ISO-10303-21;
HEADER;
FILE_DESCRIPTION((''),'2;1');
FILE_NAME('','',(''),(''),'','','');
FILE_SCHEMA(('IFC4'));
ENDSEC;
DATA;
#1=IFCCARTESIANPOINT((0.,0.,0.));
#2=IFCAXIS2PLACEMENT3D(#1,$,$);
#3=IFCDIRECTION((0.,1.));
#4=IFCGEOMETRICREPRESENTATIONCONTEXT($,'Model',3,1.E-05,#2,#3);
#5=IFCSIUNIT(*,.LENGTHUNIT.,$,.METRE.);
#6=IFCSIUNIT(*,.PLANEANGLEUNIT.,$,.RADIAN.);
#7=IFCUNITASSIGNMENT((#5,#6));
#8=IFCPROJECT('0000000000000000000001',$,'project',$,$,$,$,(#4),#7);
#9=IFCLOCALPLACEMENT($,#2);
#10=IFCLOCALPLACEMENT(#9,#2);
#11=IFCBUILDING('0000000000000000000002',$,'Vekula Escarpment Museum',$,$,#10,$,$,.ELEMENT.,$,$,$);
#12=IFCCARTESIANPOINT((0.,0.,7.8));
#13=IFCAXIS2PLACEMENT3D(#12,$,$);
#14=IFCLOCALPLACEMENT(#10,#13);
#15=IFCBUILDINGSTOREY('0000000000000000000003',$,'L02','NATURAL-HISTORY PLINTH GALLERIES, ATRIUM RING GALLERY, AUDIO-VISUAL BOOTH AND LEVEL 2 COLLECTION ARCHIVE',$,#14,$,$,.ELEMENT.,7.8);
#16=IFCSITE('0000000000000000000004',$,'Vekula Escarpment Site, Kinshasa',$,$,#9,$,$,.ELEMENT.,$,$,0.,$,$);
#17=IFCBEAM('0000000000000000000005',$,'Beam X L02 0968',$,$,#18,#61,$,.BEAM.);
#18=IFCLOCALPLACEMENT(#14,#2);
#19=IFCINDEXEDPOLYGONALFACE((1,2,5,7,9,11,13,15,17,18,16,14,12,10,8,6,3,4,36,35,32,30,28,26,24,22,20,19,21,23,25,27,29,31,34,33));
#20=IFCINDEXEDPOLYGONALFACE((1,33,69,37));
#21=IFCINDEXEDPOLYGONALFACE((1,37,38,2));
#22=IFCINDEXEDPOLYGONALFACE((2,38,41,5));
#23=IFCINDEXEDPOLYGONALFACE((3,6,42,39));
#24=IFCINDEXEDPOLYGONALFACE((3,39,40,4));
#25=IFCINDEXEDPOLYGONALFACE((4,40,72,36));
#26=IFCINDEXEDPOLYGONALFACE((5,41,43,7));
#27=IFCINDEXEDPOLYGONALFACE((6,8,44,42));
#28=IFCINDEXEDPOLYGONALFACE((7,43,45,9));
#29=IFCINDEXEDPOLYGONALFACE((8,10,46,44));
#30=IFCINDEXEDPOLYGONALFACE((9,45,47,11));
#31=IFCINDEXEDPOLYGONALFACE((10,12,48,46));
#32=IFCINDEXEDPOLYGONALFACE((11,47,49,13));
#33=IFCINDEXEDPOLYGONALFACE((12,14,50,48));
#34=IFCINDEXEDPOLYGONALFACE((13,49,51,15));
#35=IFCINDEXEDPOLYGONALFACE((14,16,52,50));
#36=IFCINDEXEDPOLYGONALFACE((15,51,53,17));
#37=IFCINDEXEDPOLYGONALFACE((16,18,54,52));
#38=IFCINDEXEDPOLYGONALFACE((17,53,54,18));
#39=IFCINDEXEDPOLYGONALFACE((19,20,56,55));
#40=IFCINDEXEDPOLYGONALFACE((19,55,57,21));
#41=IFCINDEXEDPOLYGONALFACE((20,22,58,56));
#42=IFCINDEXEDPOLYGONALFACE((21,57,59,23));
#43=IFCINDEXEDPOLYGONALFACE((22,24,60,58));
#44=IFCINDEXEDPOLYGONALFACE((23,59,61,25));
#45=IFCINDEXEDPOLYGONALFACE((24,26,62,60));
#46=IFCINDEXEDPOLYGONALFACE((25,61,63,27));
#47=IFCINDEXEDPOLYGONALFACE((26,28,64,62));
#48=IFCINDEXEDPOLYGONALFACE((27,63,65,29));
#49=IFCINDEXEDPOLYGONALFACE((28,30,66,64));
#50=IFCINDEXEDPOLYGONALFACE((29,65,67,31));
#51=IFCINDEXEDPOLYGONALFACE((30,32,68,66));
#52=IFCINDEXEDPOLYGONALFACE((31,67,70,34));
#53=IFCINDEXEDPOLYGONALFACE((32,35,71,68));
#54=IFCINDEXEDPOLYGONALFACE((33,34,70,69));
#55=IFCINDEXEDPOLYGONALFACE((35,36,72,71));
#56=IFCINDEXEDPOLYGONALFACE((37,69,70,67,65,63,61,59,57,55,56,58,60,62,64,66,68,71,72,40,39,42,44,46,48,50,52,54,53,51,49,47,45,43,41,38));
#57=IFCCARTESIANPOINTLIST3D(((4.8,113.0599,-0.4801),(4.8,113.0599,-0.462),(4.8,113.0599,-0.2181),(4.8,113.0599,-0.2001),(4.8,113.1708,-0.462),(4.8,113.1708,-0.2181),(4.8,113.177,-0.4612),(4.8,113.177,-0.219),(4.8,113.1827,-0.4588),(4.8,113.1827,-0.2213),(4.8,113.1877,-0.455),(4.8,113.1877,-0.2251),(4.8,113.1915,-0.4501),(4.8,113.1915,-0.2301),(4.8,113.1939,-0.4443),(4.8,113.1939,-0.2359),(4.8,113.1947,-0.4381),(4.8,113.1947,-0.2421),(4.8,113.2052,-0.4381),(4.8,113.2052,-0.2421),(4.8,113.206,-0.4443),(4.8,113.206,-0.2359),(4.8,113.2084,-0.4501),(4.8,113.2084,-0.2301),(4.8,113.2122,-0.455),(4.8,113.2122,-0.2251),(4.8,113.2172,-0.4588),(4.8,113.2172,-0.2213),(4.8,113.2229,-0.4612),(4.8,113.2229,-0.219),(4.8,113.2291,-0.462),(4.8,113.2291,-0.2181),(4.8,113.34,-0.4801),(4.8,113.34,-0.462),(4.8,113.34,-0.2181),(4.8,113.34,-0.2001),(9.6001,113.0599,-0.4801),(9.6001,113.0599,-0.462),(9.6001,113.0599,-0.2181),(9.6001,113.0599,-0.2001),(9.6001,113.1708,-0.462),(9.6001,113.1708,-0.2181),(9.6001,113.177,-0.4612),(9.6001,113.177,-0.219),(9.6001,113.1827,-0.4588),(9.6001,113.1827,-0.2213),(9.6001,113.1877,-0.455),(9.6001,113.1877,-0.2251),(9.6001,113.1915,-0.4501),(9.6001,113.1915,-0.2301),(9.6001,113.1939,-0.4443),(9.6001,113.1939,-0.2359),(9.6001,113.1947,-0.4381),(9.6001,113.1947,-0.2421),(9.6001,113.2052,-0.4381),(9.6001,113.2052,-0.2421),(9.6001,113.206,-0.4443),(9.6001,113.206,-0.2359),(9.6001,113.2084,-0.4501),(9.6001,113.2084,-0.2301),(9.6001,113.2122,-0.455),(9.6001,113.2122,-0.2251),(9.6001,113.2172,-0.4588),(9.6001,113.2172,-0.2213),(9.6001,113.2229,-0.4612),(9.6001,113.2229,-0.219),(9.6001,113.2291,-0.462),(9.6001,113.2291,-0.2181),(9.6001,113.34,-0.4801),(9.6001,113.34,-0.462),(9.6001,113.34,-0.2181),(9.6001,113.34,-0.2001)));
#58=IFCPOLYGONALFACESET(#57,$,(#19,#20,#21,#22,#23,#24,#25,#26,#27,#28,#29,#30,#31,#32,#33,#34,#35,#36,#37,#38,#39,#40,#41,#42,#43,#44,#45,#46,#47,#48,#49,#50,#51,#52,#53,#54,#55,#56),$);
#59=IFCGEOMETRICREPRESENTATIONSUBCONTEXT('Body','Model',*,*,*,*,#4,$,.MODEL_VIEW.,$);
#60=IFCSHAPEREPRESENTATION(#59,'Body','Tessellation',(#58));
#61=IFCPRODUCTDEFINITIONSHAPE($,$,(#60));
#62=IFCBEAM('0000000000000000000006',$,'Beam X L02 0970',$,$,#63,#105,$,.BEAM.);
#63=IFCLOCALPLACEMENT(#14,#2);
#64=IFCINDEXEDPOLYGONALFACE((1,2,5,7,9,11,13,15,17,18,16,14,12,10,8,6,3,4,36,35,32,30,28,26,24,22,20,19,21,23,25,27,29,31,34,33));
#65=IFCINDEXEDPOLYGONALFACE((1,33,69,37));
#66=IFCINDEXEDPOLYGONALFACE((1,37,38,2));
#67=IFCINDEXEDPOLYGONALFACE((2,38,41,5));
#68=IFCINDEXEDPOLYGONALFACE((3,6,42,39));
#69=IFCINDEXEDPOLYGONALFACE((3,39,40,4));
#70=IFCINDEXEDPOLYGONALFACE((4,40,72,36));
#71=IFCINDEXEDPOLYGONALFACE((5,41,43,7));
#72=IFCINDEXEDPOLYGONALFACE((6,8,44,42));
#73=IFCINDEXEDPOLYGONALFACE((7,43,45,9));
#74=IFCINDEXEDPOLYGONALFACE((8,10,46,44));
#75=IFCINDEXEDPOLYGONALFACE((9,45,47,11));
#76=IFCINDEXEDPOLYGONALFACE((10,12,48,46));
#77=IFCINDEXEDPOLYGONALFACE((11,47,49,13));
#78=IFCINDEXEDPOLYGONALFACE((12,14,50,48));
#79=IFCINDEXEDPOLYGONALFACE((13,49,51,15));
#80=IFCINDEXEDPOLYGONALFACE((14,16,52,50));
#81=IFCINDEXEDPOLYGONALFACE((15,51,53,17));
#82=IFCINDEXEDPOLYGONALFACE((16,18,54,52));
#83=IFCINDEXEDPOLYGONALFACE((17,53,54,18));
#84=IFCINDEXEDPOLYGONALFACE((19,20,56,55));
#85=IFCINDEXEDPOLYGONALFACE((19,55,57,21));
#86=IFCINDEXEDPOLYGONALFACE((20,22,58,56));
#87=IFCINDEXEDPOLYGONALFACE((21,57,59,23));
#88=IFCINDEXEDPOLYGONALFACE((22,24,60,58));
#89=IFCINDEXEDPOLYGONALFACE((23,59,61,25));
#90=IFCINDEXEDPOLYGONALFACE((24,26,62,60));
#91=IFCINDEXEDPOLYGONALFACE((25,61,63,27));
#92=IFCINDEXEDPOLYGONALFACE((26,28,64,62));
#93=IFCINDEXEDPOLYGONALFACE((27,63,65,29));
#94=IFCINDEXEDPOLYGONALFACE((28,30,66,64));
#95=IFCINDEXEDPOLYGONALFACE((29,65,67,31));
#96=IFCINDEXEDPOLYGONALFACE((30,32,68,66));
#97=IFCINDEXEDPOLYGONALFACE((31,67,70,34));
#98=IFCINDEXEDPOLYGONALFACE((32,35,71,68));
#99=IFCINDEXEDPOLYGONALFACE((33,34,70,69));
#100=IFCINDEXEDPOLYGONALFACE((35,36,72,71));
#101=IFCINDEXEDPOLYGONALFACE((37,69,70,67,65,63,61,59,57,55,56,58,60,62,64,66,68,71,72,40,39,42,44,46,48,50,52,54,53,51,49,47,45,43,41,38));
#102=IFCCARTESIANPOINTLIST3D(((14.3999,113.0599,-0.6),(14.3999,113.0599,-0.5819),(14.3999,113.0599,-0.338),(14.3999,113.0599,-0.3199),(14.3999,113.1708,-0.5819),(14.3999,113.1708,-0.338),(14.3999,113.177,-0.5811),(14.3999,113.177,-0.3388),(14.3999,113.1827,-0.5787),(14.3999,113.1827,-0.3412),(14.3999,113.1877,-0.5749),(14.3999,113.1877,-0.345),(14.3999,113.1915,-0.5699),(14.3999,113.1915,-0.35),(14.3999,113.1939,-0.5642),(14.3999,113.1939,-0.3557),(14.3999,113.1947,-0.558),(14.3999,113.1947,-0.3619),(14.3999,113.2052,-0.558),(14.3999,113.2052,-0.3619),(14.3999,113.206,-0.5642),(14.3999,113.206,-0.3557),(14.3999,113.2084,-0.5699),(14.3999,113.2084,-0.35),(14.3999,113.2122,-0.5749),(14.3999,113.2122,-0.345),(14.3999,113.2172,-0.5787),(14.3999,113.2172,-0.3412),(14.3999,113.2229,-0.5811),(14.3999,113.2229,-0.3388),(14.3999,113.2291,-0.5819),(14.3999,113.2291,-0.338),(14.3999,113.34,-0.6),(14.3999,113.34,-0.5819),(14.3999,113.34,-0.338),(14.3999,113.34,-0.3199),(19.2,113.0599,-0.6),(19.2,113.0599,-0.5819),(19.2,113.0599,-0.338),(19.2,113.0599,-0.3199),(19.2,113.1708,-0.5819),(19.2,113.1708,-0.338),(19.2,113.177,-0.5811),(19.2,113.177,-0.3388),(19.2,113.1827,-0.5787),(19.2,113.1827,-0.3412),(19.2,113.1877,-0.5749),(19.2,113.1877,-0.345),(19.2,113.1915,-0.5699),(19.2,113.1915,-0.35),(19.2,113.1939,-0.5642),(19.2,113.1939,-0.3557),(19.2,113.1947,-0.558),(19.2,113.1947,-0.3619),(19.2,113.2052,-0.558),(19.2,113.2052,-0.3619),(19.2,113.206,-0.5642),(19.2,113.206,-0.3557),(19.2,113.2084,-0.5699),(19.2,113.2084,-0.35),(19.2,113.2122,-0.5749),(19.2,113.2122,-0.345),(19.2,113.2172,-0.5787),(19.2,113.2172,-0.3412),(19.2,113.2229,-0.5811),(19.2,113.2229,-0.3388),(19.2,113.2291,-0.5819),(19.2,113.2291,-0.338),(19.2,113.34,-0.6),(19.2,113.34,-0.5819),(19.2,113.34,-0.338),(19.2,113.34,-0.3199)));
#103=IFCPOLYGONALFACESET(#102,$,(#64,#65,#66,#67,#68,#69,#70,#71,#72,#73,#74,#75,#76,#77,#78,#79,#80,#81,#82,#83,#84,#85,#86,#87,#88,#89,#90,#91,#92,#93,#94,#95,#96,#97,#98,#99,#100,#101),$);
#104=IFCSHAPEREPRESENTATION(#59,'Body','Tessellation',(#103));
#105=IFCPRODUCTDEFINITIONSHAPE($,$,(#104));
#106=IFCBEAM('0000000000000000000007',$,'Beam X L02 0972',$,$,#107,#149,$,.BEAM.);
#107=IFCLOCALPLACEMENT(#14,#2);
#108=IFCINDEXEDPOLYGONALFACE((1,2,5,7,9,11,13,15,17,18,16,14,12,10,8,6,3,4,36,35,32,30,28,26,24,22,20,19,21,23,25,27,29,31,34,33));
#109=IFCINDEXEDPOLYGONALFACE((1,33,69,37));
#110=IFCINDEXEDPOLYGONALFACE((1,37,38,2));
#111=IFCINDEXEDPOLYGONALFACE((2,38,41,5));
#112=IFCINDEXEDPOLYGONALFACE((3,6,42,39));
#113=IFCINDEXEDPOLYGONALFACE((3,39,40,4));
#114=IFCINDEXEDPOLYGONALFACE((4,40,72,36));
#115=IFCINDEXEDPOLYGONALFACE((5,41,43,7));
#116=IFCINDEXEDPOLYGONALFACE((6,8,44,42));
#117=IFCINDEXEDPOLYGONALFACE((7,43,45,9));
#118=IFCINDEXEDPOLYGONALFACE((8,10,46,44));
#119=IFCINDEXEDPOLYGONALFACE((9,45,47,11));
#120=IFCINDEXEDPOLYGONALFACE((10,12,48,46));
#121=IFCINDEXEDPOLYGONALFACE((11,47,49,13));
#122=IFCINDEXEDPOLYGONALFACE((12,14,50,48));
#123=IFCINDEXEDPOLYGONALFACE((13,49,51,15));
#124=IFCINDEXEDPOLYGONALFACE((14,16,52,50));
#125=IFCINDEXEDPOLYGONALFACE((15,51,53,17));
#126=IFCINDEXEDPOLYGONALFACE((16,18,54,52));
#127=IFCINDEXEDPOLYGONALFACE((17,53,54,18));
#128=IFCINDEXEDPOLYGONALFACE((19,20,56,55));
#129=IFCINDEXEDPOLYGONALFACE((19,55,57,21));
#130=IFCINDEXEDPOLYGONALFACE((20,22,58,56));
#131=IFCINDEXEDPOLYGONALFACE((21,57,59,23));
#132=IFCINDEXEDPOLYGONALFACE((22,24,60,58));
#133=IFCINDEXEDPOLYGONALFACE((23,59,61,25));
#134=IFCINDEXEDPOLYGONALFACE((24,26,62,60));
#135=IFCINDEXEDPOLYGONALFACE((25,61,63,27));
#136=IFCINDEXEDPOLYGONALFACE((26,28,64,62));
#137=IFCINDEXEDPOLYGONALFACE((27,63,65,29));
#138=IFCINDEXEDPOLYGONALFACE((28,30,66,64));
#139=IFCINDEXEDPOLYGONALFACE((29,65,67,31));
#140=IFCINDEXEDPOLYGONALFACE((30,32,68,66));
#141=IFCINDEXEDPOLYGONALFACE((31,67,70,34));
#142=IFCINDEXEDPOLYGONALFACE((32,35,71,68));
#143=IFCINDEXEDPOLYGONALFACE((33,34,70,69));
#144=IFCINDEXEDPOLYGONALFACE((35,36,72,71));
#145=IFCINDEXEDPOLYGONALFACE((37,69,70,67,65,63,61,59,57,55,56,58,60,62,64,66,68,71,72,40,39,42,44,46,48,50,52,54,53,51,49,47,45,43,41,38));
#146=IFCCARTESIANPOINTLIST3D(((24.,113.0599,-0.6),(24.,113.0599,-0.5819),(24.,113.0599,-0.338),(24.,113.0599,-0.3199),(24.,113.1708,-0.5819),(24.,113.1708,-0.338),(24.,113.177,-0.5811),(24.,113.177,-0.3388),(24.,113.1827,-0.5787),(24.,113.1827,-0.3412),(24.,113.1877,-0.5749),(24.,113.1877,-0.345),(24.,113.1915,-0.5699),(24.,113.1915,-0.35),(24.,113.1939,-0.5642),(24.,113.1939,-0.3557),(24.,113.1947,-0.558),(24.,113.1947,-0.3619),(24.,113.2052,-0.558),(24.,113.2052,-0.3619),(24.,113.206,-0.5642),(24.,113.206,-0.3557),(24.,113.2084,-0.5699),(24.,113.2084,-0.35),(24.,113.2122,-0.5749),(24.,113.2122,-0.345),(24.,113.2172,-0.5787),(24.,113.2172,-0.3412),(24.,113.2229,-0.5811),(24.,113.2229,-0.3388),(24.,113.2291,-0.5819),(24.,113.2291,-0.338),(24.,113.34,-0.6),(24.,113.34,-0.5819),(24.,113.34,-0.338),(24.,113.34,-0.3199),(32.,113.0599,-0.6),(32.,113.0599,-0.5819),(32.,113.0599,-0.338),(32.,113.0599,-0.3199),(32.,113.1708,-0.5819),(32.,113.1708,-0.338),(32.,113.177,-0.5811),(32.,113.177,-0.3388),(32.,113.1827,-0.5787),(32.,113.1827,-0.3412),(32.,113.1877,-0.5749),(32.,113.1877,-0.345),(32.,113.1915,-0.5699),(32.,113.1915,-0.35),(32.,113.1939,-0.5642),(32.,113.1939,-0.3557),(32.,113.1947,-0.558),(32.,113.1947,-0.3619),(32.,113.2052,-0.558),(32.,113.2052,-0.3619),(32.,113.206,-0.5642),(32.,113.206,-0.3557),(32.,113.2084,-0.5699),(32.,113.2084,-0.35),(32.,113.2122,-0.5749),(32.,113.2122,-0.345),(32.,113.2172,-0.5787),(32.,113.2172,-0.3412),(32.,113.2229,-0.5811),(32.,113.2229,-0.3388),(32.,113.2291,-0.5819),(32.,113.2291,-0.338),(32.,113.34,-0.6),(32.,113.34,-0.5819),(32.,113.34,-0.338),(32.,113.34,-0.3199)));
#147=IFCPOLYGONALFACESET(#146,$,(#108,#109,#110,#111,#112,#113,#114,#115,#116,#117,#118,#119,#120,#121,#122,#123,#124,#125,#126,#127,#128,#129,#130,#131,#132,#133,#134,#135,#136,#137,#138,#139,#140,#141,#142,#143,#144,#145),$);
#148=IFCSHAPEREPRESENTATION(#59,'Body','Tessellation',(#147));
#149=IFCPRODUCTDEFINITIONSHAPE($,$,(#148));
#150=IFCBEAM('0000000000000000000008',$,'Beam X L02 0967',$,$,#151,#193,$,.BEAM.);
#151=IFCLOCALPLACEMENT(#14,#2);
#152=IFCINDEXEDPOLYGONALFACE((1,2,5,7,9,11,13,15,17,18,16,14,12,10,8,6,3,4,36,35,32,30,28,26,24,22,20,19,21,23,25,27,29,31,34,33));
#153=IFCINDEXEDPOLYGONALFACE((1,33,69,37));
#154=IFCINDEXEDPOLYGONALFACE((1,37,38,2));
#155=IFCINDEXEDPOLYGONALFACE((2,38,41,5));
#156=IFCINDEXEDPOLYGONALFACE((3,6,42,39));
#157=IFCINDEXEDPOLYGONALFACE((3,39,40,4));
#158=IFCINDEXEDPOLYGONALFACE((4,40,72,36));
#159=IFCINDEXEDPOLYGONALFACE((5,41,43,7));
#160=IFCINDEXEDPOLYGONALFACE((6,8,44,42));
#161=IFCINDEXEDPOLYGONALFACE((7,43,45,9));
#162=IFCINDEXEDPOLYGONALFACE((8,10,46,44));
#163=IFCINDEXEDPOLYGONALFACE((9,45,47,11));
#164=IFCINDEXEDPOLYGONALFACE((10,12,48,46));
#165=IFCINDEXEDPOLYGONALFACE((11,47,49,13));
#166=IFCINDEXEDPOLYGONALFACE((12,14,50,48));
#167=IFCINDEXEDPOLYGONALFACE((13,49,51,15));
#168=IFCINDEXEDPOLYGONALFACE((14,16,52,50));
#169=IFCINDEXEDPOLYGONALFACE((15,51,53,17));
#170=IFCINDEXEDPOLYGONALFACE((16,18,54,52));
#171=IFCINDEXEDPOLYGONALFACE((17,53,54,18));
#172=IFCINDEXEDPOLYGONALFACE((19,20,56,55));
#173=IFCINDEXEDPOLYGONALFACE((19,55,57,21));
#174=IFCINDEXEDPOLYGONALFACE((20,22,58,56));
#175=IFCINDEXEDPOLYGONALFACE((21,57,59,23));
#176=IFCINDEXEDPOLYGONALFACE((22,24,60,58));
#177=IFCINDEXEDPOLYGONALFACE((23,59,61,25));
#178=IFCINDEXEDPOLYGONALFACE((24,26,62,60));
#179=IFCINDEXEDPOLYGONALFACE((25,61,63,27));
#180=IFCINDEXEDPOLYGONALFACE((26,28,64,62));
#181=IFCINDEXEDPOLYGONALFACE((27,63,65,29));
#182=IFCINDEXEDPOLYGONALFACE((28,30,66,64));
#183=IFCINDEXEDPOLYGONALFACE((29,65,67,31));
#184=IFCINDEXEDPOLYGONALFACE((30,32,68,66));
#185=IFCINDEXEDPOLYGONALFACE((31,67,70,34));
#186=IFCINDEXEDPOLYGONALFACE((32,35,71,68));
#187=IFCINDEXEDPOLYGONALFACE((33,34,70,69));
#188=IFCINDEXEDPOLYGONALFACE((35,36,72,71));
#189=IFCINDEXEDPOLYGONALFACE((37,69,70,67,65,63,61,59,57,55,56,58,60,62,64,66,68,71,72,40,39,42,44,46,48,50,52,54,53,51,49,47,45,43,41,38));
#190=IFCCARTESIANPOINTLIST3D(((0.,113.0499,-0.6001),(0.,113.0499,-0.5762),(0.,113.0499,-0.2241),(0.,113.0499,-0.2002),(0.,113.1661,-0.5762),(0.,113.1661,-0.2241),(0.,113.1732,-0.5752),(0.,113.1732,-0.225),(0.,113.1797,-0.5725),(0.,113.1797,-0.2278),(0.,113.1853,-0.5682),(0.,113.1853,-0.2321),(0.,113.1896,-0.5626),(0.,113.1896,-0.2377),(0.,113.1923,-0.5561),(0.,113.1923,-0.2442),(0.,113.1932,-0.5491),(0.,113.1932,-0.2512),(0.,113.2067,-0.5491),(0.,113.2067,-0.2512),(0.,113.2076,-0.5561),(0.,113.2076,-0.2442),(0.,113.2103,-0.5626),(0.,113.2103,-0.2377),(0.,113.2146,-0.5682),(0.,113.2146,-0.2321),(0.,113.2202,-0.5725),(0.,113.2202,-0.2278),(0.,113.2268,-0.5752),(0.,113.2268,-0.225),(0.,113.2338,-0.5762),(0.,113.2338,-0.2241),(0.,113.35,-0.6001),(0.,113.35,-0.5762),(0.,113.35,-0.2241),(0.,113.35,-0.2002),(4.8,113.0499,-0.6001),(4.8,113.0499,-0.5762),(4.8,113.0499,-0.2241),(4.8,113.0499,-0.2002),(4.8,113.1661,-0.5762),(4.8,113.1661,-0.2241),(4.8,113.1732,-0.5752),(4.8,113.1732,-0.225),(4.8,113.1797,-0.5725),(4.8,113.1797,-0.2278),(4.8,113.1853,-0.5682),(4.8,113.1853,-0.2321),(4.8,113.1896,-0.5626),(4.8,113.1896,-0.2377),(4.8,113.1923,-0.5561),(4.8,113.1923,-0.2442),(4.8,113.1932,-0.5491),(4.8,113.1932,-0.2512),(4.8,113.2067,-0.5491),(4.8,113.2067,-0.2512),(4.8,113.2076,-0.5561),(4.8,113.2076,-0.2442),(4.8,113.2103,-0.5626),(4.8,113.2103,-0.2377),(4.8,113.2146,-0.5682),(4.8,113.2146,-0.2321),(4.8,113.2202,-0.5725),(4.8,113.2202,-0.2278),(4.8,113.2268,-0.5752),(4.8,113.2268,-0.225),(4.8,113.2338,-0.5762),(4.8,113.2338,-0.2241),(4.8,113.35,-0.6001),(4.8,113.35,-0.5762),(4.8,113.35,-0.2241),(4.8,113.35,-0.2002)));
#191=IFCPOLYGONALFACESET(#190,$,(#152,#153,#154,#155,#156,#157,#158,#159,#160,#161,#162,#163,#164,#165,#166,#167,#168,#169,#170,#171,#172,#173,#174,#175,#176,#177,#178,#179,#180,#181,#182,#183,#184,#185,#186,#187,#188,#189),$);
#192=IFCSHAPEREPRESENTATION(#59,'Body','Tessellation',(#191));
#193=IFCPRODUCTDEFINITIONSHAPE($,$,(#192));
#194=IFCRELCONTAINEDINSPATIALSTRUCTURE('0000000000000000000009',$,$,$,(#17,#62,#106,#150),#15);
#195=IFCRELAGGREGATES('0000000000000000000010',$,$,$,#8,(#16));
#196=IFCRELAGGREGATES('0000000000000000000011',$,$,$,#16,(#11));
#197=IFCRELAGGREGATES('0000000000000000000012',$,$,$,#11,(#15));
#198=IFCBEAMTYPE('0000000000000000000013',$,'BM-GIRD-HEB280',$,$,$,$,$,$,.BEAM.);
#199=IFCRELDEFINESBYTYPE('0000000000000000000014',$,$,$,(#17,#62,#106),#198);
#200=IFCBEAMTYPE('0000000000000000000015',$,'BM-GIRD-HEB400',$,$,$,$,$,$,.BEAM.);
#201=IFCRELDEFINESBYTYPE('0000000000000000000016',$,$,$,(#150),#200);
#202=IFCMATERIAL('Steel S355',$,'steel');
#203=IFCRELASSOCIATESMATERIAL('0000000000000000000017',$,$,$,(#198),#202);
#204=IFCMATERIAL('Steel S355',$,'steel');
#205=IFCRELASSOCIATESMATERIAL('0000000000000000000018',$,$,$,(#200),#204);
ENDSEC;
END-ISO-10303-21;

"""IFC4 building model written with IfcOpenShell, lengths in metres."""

from ifc_helpers import new_model, si_unit, direction, frame, origin, origin_2d, place, context, subcontext, project, spatial, i_section, extrude, material, material_profile, profile_set, type_object, element, save


model = new_model("IFC4")

# Units and contexts
model_context = context("Model", 3, precision=1e-05, world=origin(), true_north=direction((0.0, 1.0)))
body_context = subcontext(model_context, "Body", "Model", "MODEL_VIEW")
ifc_project = project(units=[si_unit("LENGTHUNIT", "METRE"), si_unit("PLANEANGLEUNIT", "RADIAN")], contexts=[model_context])

# Site, building, storey
site_placement = place(None, origin())
site = spatial("IfcSite", under=ifc_project, at=site_placement, Name="Vekula Escarpment Site, Kinshasa", CompositionType="ELEMENT", RefElevation=0.0)
building_placement = place(site_placement, origin())
building = spatial("IfcBuilding", under=site, at=building_placement, Name="Vekula Escarpment Museum", CompositionType="ELEMENT")
storey_placement = place(building_placement, frame((0.0, 0.0, 7.8)))
storey = spatial("IfcBuildingStorey", under=building, at=storey_placement, Name="L02", Description="NATURAL-HISTORY PLINTH GALLERIES, ATRIUM RING GALLERY, AUDIO-VISUAL BOOTH AND LEVEL 2 COLLECTION ARCHIVE", CompositionType="ELEMENT", Elevation=7.8)

# Beams
ifc_material_1 = material(Name="Steel S355", Category="steel")
ifc_material_profile_1 = material_profile(ifc_material_1, i_section(OverallWidth=0.28, OverallDepth=0.28, WebThickness=0.0105, FlangeThickness=0.0181, FilletRadius=0.0239, at=origin_2d()), Name="HEB 280")
ifc_profile_set_1 = profile_set([ifc_material_profile_1], Name="Steel S355")
beam_type_1 = type_object("IfcBeamType", Name="BM-GIRD-HEB280", PredefinedType="BEAM", material=ifc_profile_set_1)
for number, where, z_axis, x_axis, name in (
    (1, (4.8, 113.2, -0.3401), (1.0, 0.0, 0.0), (0.0, 1.0, 0.0), "Beam X L02 0968"),
    (2, (14.3999, 113.2, -0.46), (1.0, 0.0, 0.0), (0.0, 1.0, 0.0), "Beam X L02 0970"),
):
    element("IfcBeam", number, at=place(storey_placement, frame(where, z_axis=z_axis, x_axis=x_axis)), inside=storey, type_object=beam_type_1, Name=name, PredefinedType="BEAM", context=body_context, shape_type="SweptSolid", body=[
        extrude(i_section(OverallWidth=0.28, OverallDepth=0.28, WebThickness=0.0105, FlangeThickness=0.0181, FilletRadius=0.0239, at=origin_2d()), origin(), (0.0, 0.0, 1.0), 4.8),
    ])
beam_1_placement = place(storey_placement, frame((24.0, 113.2, -0.46), z_axis=(1.0, 0.0, 0.0), x_axis=(0.0, 1.0, 0.0)))
element("IfcBeam", 3, at=beam_1_placement, inside=storey, type_object=beam_type_1, Name="Beam X L02 0972", PredefinedType="BEAM", context=body_context, shape_type="SweptSolid", body=[
    extrude(i_section(OverallWidth=0.28, OverallDepth=0.28, WebThickness=0.0105, FlangeThickness=0.0181, FilletRadius=0.0239, at=origin_2d()), origin(), (0.0, 0.0, 1.0), 8.0),
])
ifc_material_2 = material(Name="Steel S355", Category="steel")
ifc_material_profile_2 = material_profile(ifc_material_2, i_section(OverallWidth=0.3, OverallDepth=0.3999, WebThickness=0.0134, FlangeThickness=0.0239, FilletRadius=0.0271, at=origin_2d()), Name="HEB 400")
ifc_profile_set_2 = profile_set([ifc_material_profile_2], Name="Steel S355")
beam_type_2 = type_object("IfcBeamType", Name="BM-GIRD-HEB400", PredefinedType="BEAM", material=ifc_profile_set_2)
beam_2_placement = place(storey_placement, frame((0.0, 113.2, -0.4001), z_axis=(1.0, 0.0, 0.0), x_axis=(0.0, 1.0, 0.0)))
element("IfcBeam", 4, at=beam_2_placement, inside=storey, type_object=beam_type_2, Name="Beam X L02 0967", PredefinedType="BEAM", context=body_context, shape_type="SweptSolid", body=[
    extrude(i_section(OverallWidth=0.3, OverallDepth=0.3999, WebThickness=0.0134, FlangeThickness=0.0239, FilletRadius=0.0271, at=origin_2d()), origin(), (0.0, 0.0, 1.0), 4.8),
])

save(model, "model.ifc")
